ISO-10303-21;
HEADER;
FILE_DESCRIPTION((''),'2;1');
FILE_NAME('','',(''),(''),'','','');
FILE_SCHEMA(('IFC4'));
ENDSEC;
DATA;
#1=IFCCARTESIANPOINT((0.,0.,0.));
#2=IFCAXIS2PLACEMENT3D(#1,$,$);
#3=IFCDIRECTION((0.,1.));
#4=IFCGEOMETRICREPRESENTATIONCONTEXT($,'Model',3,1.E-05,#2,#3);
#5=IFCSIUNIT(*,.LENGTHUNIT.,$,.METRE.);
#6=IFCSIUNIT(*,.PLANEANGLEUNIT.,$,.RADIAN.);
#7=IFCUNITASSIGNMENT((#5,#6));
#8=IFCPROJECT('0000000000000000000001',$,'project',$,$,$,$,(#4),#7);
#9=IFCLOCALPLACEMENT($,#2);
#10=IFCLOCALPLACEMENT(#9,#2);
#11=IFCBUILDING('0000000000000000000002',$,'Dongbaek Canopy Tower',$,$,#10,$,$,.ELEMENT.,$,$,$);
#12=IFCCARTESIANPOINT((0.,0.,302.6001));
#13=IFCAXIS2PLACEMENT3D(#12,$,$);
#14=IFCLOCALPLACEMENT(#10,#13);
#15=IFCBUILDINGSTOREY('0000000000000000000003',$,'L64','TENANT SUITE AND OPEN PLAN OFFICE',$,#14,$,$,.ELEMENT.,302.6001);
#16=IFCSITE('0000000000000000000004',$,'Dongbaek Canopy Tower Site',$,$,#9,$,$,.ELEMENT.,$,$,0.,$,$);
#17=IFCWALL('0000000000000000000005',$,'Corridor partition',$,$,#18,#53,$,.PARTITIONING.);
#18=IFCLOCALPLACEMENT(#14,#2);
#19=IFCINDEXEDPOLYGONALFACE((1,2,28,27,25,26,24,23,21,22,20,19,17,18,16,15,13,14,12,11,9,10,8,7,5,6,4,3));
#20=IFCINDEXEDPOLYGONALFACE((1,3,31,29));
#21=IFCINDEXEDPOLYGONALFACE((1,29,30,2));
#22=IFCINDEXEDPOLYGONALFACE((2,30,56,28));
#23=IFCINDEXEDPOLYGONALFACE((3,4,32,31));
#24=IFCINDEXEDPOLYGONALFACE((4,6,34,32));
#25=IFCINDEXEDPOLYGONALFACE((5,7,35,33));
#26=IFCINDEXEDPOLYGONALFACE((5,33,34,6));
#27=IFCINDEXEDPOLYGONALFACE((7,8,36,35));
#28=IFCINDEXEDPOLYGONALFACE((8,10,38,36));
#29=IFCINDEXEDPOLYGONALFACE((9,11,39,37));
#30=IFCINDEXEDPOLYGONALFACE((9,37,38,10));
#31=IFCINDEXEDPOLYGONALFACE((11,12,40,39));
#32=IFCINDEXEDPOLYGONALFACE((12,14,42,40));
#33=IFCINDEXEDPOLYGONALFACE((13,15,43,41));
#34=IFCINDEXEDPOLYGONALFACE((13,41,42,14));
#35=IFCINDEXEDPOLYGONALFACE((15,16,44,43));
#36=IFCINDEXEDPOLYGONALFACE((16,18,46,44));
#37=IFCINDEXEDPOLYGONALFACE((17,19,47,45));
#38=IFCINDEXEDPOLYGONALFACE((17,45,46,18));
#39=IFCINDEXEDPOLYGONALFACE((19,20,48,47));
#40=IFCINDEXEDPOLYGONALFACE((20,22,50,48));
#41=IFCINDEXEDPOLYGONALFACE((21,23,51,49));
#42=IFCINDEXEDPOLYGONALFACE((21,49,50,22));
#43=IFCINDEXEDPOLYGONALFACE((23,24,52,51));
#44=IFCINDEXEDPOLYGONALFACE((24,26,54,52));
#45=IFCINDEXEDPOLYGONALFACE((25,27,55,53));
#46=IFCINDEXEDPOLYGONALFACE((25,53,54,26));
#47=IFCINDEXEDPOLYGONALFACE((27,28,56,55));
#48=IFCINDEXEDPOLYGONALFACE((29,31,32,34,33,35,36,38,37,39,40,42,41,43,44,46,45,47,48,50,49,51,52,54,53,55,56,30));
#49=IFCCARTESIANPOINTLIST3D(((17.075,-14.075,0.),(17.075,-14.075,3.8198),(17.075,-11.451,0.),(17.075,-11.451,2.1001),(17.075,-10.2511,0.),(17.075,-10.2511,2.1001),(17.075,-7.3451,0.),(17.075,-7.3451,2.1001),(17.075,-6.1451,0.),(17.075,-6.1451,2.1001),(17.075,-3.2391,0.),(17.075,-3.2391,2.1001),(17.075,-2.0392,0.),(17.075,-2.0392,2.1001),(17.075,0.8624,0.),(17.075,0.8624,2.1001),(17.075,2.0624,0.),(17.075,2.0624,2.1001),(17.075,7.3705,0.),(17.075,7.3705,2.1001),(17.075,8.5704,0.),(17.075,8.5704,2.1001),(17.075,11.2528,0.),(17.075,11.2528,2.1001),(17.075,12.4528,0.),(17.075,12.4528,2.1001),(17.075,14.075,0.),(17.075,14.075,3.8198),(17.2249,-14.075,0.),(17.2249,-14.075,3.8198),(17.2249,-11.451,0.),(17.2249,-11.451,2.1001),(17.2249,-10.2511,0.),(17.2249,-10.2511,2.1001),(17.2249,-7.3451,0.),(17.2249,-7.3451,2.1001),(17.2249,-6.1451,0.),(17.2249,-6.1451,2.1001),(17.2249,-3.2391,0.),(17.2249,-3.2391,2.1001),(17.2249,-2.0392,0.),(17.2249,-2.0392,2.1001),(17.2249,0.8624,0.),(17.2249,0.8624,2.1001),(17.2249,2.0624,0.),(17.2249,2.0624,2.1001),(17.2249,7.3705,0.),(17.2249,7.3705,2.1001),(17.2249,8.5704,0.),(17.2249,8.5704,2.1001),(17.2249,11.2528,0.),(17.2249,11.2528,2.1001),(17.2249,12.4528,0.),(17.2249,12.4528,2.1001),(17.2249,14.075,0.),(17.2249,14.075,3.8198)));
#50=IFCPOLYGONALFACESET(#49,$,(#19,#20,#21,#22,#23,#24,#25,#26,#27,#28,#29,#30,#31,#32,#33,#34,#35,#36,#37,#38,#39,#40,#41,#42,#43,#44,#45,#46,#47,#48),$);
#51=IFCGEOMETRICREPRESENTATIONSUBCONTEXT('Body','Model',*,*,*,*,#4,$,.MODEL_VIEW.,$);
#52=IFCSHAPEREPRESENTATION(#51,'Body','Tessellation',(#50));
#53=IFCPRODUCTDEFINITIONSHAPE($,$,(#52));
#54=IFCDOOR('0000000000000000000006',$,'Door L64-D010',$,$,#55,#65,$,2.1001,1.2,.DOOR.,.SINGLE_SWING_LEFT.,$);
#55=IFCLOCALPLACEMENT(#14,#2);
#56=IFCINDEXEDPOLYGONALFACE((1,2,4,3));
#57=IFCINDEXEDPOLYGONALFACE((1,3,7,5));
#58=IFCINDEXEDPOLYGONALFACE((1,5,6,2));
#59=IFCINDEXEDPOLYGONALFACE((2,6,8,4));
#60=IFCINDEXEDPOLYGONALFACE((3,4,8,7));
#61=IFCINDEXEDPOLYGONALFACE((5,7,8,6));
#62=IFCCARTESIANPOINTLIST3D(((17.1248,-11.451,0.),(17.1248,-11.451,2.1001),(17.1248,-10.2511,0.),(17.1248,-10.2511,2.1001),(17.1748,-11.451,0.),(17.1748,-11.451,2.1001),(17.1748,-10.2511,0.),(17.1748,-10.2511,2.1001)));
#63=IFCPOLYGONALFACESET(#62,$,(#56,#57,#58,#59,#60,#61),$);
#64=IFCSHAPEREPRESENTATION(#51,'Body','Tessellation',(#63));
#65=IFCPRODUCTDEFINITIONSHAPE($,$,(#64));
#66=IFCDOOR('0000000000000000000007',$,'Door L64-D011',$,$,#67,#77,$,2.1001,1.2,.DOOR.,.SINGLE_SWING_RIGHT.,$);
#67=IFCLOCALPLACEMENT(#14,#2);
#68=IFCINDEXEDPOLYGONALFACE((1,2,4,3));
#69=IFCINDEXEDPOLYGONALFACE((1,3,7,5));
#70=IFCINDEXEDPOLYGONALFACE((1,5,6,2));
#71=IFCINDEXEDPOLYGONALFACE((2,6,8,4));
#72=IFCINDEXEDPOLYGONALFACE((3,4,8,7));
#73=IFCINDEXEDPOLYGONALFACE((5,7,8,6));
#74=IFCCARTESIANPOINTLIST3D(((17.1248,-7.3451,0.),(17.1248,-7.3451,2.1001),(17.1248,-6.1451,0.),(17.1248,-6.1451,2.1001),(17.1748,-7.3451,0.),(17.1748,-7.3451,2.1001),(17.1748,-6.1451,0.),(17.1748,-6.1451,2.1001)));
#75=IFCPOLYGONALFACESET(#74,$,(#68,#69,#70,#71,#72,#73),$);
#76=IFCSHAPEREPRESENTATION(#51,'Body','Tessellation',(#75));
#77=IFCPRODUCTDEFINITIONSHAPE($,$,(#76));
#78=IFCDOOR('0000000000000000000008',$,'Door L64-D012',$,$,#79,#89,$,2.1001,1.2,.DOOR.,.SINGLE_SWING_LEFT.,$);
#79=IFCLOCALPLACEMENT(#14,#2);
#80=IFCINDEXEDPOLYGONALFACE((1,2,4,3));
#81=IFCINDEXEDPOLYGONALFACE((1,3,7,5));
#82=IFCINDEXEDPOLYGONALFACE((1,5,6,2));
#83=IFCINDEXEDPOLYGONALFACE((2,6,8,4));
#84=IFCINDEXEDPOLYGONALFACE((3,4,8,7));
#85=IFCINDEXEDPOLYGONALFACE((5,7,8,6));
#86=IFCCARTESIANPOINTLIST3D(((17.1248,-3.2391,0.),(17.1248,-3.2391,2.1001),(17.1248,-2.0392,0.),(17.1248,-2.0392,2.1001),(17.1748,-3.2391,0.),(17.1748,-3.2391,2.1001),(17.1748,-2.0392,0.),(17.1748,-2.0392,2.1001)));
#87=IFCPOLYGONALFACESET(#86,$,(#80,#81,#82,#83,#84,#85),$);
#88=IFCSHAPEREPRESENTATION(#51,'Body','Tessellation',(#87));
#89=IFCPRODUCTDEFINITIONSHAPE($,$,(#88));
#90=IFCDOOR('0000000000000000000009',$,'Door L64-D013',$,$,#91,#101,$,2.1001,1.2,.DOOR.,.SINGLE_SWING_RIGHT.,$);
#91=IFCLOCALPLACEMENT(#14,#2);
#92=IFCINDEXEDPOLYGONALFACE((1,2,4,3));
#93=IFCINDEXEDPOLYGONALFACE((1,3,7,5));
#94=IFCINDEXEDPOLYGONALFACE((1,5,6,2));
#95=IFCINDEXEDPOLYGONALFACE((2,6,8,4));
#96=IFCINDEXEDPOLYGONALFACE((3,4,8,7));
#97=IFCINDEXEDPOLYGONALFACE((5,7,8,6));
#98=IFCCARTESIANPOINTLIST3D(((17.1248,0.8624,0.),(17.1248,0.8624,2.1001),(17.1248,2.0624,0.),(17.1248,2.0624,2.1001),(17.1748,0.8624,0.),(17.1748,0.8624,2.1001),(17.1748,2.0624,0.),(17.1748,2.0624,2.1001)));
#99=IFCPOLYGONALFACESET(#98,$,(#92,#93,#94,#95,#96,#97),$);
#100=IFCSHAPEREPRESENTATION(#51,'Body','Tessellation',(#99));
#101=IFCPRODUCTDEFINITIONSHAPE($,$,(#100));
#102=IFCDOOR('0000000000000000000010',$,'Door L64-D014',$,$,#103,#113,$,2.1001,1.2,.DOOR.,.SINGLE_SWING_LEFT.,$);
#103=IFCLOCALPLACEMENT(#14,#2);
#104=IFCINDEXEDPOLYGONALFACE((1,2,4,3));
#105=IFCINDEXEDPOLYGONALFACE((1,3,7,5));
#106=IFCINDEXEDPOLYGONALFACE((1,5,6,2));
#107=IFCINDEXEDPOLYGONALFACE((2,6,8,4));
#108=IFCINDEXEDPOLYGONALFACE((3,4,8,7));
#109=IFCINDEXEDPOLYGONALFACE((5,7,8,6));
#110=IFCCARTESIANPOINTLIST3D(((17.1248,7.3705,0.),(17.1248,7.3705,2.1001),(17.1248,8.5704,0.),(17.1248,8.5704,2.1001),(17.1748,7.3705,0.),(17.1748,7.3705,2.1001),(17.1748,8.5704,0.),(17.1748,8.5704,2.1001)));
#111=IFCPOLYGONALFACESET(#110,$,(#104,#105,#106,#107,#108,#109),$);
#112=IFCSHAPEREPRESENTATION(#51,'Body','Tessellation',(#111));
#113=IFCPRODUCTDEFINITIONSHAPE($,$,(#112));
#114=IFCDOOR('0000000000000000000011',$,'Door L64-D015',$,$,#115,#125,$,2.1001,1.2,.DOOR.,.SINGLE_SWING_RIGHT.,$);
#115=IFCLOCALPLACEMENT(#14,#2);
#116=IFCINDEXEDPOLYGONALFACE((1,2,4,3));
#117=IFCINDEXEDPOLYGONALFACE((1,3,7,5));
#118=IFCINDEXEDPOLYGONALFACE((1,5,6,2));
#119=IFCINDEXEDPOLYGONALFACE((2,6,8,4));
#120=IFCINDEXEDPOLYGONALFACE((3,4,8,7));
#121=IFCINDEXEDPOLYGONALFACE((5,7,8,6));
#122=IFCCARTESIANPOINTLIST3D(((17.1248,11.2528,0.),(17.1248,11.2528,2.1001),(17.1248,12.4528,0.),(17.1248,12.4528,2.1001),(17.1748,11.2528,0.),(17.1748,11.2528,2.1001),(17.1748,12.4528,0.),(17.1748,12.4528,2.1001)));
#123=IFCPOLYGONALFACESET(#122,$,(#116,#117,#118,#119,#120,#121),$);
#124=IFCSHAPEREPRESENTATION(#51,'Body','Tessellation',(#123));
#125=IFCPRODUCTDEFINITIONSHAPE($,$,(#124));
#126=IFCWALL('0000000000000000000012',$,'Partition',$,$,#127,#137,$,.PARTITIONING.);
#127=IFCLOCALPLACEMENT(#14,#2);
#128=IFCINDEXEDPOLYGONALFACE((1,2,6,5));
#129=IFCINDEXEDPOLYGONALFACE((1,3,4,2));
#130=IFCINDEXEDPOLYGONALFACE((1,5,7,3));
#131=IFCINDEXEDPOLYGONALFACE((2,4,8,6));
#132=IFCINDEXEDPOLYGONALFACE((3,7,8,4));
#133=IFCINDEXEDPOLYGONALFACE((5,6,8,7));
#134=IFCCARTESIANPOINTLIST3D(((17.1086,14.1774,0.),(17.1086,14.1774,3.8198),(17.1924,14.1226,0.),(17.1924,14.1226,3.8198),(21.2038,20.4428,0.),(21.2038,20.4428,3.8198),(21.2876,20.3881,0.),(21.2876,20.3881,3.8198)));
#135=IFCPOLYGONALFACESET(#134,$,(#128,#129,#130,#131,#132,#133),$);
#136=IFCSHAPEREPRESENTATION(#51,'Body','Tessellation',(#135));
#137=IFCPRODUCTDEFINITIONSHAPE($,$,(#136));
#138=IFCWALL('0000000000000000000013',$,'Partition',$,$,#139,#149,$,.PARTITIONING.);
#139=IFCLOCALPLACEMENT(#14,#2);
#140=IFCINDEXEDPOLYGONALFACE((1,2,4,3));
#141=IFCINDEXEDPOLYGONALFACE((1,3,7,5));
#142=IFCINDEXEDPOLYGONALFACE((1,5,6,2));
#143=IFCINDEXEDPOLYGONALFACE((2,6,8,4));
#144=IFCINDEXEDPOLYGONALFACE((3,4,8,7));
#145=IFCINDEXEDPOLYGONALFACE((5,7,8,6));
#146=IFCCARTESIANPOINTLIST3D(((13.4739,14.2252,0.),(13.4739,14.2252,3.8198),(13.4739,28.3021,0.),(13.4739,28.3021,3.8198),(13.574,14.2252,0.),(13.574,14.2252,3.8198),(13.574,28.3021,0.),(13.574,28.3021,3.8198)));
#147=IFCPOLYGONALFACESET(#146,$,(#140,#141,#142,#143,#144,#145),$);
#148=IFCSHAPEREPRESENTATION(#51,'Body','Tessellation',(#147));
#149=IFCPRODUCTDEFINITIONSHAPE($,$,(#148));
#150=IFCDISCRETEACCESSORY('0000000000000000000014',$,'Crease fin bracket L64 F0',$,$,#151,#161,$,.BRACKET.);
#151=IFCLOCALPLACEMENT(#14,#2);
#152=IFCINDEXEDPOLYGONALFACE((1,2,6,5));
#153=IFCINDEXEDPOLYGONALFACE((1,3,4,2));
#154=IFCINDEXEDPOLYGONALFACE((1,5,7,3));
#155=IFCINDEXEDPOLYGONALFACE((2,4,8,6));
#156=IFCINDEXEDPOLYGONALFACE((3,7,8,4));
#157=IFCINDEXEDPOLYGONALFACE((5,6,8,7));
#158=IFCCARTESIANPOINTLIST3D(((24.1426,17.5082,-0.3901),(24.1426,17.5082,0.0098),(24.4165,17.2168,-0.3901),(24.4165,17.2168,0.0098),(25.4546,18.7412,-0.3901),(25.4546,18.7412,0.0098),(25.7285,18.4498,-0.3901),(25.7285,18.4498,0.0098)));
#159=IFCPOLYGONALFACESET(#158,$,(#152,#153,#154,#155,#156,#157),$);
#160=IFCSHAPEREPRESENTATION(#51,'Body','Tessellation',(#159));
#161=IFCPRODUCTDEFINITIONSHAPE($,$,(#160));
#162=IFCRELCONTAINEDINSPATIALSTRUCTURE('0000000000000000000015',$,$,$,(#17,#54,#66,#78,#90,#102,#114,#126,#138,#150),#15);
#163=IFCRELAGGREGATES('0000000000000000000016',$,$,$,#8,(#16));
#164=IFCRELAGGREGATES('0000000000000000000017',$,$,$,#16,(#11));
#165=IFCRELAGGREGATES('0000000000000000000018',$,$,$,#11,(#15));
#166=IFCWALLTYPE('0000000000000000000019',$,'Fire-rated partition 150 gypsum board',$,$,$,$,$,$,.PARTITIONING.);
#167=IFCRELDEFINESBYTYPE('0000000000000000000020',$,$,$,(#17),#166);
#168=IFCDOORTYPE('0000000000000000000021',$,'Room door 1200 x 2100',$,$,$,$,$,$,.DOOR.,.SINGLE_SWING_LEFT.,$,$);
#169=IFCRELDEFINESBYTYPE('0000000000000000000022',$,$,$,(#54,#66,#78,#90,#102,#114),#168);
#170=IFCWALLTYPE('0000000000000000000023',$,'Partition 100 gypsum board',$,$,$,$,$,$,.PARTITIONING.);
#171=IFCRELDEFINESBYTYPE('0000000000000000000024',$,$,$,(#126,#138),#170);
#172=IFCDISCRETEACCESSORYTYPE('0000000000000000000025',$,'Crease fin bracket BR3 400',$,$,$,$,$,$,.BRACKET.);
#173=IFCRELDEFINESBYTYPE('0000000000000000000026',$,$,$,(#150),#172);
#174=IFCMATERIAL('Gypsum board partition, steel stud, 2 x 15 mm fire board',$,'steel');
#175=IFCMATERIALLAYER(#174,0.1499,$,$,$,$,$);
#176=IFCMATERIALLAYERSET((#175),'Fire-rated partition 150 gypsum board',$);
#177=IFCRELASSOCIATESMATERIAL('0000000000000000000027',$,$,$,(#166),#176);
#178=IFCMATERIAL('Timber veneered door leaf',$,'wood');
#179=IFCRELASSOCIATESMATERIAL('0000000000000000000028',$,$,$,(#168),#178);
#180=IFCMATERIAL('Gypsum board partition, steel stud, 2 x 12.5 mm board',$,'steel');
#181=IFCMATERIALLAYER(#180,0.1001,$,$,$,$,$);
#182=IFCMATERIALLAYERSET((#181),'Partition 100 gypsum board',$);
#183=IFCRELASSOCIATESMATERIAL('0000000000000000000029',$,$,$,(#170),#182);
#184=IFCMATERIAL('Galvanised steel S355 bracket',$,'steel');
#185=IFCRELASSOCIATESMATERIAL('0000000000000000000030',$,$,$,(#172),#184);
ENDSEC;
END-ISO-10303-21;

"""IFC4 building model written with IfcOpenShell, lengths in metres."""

from ifc_helpers import new_model, si_unit, direction, frame, frame_2d, origin, origin_2d, place, context, subcontext, project, spatial, rectangle, extrude, material, layer, layer_set, type_object, element, fill, save


model = new_model("IFC4")

# Units and contexts
model_context = context("Model", 3, precision=1e-05, world=origin(), true_north=direction((0.0, 1.0)))
body_context = subcontext(model_context, "Body", "Model", "MODEL_VIEW")
ifc_project = project(units=[si_unit("LENGTHUNIT", "METRE"), si_unit("PLANEANGLEUNIT", "RADIAN")], contexts=[model_context])

# Site, building, storey
site_placement = place(None, origin())
site = spatial("IfcSite", under=ifc_project, at=site_placement, Name="Dongbaek Canopy Tower Site", CompositionType="ELEMENT", RefElevation=0.0)
building_placement = place(site_placement, origin())
building = spatial("IfcBuilding", under=site, at=building_placement, Name="Dongbaek Canopy Tower", CompositionType="ELEMENT")
storey_placement = place(building_placement, frame((0.0, 0.0, 302.6001)))
storey = spatial("IfcBuildingStorey", under=building, at=storey_placement, Name="L64", Description="TENANT SUITE AND OPEN PLAN OFFICE", CompositionType="ELEMENT", Elevation=302.6001)

# Wall, openings, doors
ifc_material_1 = material(Name="Gypsum board partition, steel stud, 2 x 15 mm fire board", Category="steel")
ifc_layer_1 = layer(ifc_material_1, 0.1499)
ifc_layer_set_1 = layer_set([ifc_layer_1], Name="Fire-rated partition 150 gypsum board")
wall_type_1 = type_object("IfcWallType", Name="Fire-rated partition 150 gypsum board", PredefinedType="PARTITIONING", material=ifc_layer_set_1)
wall_1_placement = place(storey_placement, frame((17.1499, 14.075, 0.0), z_axis=(0.0, 0.0, 1.0), x_axis=(0.0, -1.0, 0.0)))
wall_1 = element("IfcWall", 1, at=wall_1_placement, inside=storey, type_object=wall_type_1, Name="Corridor partition", PredefinedType="PARTITIONING", context=body_context, shape_type="SweptSolid", body=[
    extrude(rectangle(XDim=28.1499, YDim=0.1499, at=frame_2d((14.075, 0.0))), origin(), (0.0, 0.0, 1.0), 3.8198),
])
opening_1_placement = place(wall_1_placement, frame((24.3259, 0.0, 0.0)))
opening_1 = element("IfcOpeningElement", 2, at=opening_1_placement, cuts=wall_1, PredefinedType="OPENING", context=body_context, shape_type="SweptSolid", body=[
    extrude(rectangle(XDim=1.2, YDim=2.1001, at=frame_2d((0.6001, 1.05))), frame((0.0, 0.085, 0.0), z_axis=(0.0, -1.0, 0.0), x_axis=(1.0, 0.0, 0.0)), (0.0, 0.0, 1.0), 0.1699),
])
opening_2_placement = place(wall_1_placement, frame((20.22, 0.0, 0.0)))
opening_2 = element("IfcOpeningElement", 3, at=opening_2_placement, cuts=wall_1, PredefinedType="OPENING", context=body_context, shape_type="SweptSolid", body=[
    extrude(rectangle(XDim=1.2, YDim=2.1001, at=frame_2d((0.6001, 1.05))), frame((0.0, 0.085, 0.0), z_axis=(0.0, -1.0, 0.0), x_axis=(1.0, 0.0, 0.0)), (0.0, 0.0, 1.0), 0.1699),
])
opening_3_placement = place(wall_1_placement, frame((16.114, 0.0, 0.0)))
opening_3 = element("IfcOpeningElement", 4, at=opening_3_placement, cuts=wall_1, PredefinedType="OPENING", context=body_context, shape_type="SweptSolid", body=[
    extrude(rectangle(XDim=1.2, YDim=2.1001, at=frame_2d((0.6001, 1.05))), frame((0.0, 0.085, 0.0), z_axis=(0.0, -1.0, 0.0), x_axis=(1.0, 0.0, 0.0)), (0.0, 0.0, 1.0), 0.1699),
])
opening_4_placement = place(wall_1_placement, frame((12.0125, 0.0, 0.0)))
opening_4 = element("IfcOpeningElement", 5, at=opening_4_placement, cuts=wall_1, PredefinedType="OPENING", context=body_context, shape_type="SweptSolid", body=[
    extrude(rectangle(XDim=1.2, YDim=2.1001, at=frame_2d((0.6001, 1.05))), frame((0.0, 0.085, 0.0), z_axis=(0.0, -1.0, 0.0), x_axis=(1.0, 0.0, 0.0)), (0.0, 0.0, 1.0), 0.1699),
])
opening_5_placement = place(wall_1_placement, frame((5.5044, 0.0, 0.0)))
opening_5 = element("IfcOpeningElement", 6, at=opening_5_placement, cuts=wall_1, PredefinedType="OPENING", context=body_context, shape_type="SweptSolid", body=[
    extrude(rectangle(XDim=1.2, YDim=2.1001, at=frame_2d((0.6001, 1.05))), frame((0.0, 0.085, 0.0), z_axis=(0.0, -1.0, 0.0), x_axis=(1.0, 0.0, 0.0)), (0.0, 0.0, 1.0), 0.1699),
])
opening_6_placement = place(wall_1_placement, frame((1.6221, 0.0, 0.0)))
opening_6 = element("IfcOpeningElement", 7, at=opening_6_placement, cuts=wall_1, PredefinedType="OPENING", context=body_context, shape_type="SweptSolid", body=[
    extrude(rectangle(XDim=1.2, YDim=2.1001, at=frame_2d((0.6001, 1.05))), frame((0.0, 0.085, 0.0), z_axis=(0.0, -1.0, 0.0), x_axis=(1.0, 0.0, 0.0)), (0.0, 0.0, 1.0), 0.1699),
])
ifc_material_2 = material(Name="Timber veneered door leaf", Category="wood")
door_type_1 = type_object("IfcDoorType", Name="Room door 1200 x 2100", OperationType="SINGLE_SWING_LEFT", PredefinedType="DOOR", material=ifc_material_2)
door_1_placement = place(opening_1_placement, origin())
door_1 = element("IfcDoor", 8, at=door_1_placement, inside=storey, type_object=door_type_1, Name="Door L64-D010", OperationType="SINGLE_SWING_LEFT", OverallHeight=2.1001, OverallWidth=1.2, PredefinedType="DOOR", context=body_context, shape_type="SweptSolid", body=[
    extrude(rectangle(XDim=1.2, YDim=2.1001, at=frame_2d((0.6001, 1.05))), frame((0.0, 0.0249, 0.0), z_axis=(0.0, -1.0, 0.0), x_axis=(1.0, 0.0, 0.0)), (0.0, 0.0, 1.0), 0.05),
])
fill(opening_1, door_1)
door_2_placement = place(opening_2_placement, origin())
door_2 = element("IfcDoor", 9, at=door_2_placement, inside=storey, type_object=door_type_1, Name="Door L64-D011", OperationType="SINGLE_SWING_RIGHT", OverallHeight=2.1001, OverallWidth=1.2, PredefinedType="DOOR", context=body_context, shape_type="SweptSolid", body=[
    extrude(rectangle(XDim=1.2, YDim=2.1001, at=frame_2d((0.6001, 1.05))), frame((0.0, 0.0249, 0.0), z_axis=(0.0, -1.0, 0.0), x_axis=(1.0, 0.0, 0.0)), (0.0, 0.0, 1.0), 0.05),
])
fill(opening_2, door_2)
door_3_placement = place(opening_3_placement, origin())
door_3 = element("IfcDoor", 10, at=door_3_placement, inside=storey, type_object=door_type_1, Name="Door L64-D012", OperationType="SINGLE_SWING_LEFT", OverallHeight=2.1001, OverallWidth=1.2, PredefinedType="DOOR", context=body_context, shape_type="SweptSolid", body=[
    extrude(rectangle(XDim=1.2, YDim=2.1001, at=frame_2d((0.6001, 1.05))), frame((0.0, 0.0249, 0.0), z_axis=(0.0, -1.0, 0.0), x_axis=(1.0, 0.0, 0.0)), (0.0, 0.0, 1.0), 0.05),
])
fill(opening_3, door_3)
door_4_placement = place(opening_4_placement, origin())
door_4 = element("IfcDoor", 11, at=door_4_placement, inside=storey, type_object=door_type_1, Name="Door L64-D013", OperationType="SINGLE_SWING_RIGHT", OverallHeight=2.1001, OverallWidth=1.2, PredefinedType="DOOR", context=body_context, shape_type="SweptSolid", body=[
    extrude(rectangle(XDim=1.2, YDim=2.1001, at=frame_2d((0.6001, 1.05))), frame((0.0, 0.0249, 0.0), z_axis=(0.0, -1.0, 0.0), x_axis=(1.0, 0.0, 0.0)), (0.0, 0.0, 1.0), 0.05),
])
fill(opening_4, door_4)
door_5_placement = place(opening_5_placement, origin())
door_5 = element("IfcDoor", 12, at=door_5_placement, inside=storey, type_object=door_type_1, Name="Door L64-D014", OperationType="SINGLE_SWING_LEFT", OverallHeight=2.1001, OverallWidth=1.2, PredefinedType="DOOR", context=body_context, shape_type="SweptSolid", body=[
    extrude(rectangle(XDim=1.2, YDim=2.1001, at=frame_2d((0.6001, 1.05))), frame((0.0, 0.0249, 0.0), z_axis=(0.0, -1.0, 0.0), x_axis=(1.0, 0.0, 0.0)), (0.0, 0.0, 1.0), 0.05),
])
fill(opening_5, door_5)
door_6_placement = place(opening_6_placement, origin())
door_6 = element("IfcDoor", 13, at=door_6_placement, inside=storey, type_object=door_type_1, Name="Door L64-D015", OperationType="SINGLE_SWING_RIGHT", OverallHeight=2.1001, OverallWidth=1.2, PredefinedType="DOOR", context=body_context, shape_type="SweptSolid", body=[
    extrude(rectangle(XDim=1.2, YDim=2.1001, at=frame_2d((0.6001, 1.05))), frame((0.0, 0.0249, 0.0), z_axis=(0.0, -1.0, 0.0), x_axis=(1.0, 0.0, 0.0)), (0.0, 0.0, 1.0), 0.05),
])
fill(opening_6, door_6)

# Walls
ifc_material_3 = material(Name="Gypsum board partition, steel stud, 2 x 12.5 mm board", Category="steel")
ifc_layer_2 = layer(ifc_material_3, 0.1001)
ifc_layer_set_2 = layer_set([ifc_layer_2], Name="Partition 100 gypsum board")
wall_type_2 = type_object("IfcWallType", Name="Partition 100 gypsum board", PredefinedType="PARTITIONING", material=ifc_layer_set_2)
wall_2_placement = place(storey_placement, frame((17.1504, 14.1499, 0.0), z_axis=(0.0, 0.0, 1.0), x_axis=(0.54712, 0.837054, 0.0)))
element("IfcWall", 14, at=wall_2_placement, inside=storey, type_object=wall_type_2, Name="Partition", PredefinedType="PARTITIONING", context=body_context, shape_type="SweptSolid", body=[
    extrude(rectangle(XDim=7.4851, YDim=0.1001, at=frame_2d((3.7427, 0.0))), origin(), (0.0, 0.0, 1.0), 3.8198),
])
wall_3_placement = place(storey_placement, frame((13.5239, 14.2251, 0.0), z_axis=(0.0, 0.0, 1.0), x_axis=(0.0, 1.0, 0.0)))
element("IfcWall", 15, at=wall_3_placement, inside=storey, type_object=wall_type_2, Name="Partition", PredefinedType="PARTITIONING", context=body_context, shape_type="SweptSolid", body=[
    extrude(rectangle(XDim=14.0769, YDim=0.1001, at=frame_2d((7.0386, 0.0))), origin(), (0.0, 0.0, 1.0), 3.8198),
])

# Discrete accessory
ifc_material_4 = material(Name="Galvanised steel S355 bracket", Category="steel")
discrete_accessory_type = type_object("IfcDiscreteAccessoryType", Name="Crease fin bracket BR3 400", PredefinedType="BRACKET", material=ifc_material_4)
discrete_accessory_placement = place(storey_placement, frame((24.9355, 17.979, -0.3901), z_axis=(0.0, 0.0, 1.0), x_axis=(0.728702, 0.684831, 0.0)))
element("IfcDiscreteAccessory", 16, at=discrete_accessory_placement, inside=storey, type_object=discrete_accessory_type, Name="Crease fin bracket L64 F0", PredefinedType="BRACKET", context=body_context, shape_type="SweptSolid", body=[
    extrude(rectangle(XDim=1.8005, YDim=0.3999, at=origin_2d()), origin(), (0.0, 0.0, 1.0), 0.3999),
])

save(model, "model.ifc")
